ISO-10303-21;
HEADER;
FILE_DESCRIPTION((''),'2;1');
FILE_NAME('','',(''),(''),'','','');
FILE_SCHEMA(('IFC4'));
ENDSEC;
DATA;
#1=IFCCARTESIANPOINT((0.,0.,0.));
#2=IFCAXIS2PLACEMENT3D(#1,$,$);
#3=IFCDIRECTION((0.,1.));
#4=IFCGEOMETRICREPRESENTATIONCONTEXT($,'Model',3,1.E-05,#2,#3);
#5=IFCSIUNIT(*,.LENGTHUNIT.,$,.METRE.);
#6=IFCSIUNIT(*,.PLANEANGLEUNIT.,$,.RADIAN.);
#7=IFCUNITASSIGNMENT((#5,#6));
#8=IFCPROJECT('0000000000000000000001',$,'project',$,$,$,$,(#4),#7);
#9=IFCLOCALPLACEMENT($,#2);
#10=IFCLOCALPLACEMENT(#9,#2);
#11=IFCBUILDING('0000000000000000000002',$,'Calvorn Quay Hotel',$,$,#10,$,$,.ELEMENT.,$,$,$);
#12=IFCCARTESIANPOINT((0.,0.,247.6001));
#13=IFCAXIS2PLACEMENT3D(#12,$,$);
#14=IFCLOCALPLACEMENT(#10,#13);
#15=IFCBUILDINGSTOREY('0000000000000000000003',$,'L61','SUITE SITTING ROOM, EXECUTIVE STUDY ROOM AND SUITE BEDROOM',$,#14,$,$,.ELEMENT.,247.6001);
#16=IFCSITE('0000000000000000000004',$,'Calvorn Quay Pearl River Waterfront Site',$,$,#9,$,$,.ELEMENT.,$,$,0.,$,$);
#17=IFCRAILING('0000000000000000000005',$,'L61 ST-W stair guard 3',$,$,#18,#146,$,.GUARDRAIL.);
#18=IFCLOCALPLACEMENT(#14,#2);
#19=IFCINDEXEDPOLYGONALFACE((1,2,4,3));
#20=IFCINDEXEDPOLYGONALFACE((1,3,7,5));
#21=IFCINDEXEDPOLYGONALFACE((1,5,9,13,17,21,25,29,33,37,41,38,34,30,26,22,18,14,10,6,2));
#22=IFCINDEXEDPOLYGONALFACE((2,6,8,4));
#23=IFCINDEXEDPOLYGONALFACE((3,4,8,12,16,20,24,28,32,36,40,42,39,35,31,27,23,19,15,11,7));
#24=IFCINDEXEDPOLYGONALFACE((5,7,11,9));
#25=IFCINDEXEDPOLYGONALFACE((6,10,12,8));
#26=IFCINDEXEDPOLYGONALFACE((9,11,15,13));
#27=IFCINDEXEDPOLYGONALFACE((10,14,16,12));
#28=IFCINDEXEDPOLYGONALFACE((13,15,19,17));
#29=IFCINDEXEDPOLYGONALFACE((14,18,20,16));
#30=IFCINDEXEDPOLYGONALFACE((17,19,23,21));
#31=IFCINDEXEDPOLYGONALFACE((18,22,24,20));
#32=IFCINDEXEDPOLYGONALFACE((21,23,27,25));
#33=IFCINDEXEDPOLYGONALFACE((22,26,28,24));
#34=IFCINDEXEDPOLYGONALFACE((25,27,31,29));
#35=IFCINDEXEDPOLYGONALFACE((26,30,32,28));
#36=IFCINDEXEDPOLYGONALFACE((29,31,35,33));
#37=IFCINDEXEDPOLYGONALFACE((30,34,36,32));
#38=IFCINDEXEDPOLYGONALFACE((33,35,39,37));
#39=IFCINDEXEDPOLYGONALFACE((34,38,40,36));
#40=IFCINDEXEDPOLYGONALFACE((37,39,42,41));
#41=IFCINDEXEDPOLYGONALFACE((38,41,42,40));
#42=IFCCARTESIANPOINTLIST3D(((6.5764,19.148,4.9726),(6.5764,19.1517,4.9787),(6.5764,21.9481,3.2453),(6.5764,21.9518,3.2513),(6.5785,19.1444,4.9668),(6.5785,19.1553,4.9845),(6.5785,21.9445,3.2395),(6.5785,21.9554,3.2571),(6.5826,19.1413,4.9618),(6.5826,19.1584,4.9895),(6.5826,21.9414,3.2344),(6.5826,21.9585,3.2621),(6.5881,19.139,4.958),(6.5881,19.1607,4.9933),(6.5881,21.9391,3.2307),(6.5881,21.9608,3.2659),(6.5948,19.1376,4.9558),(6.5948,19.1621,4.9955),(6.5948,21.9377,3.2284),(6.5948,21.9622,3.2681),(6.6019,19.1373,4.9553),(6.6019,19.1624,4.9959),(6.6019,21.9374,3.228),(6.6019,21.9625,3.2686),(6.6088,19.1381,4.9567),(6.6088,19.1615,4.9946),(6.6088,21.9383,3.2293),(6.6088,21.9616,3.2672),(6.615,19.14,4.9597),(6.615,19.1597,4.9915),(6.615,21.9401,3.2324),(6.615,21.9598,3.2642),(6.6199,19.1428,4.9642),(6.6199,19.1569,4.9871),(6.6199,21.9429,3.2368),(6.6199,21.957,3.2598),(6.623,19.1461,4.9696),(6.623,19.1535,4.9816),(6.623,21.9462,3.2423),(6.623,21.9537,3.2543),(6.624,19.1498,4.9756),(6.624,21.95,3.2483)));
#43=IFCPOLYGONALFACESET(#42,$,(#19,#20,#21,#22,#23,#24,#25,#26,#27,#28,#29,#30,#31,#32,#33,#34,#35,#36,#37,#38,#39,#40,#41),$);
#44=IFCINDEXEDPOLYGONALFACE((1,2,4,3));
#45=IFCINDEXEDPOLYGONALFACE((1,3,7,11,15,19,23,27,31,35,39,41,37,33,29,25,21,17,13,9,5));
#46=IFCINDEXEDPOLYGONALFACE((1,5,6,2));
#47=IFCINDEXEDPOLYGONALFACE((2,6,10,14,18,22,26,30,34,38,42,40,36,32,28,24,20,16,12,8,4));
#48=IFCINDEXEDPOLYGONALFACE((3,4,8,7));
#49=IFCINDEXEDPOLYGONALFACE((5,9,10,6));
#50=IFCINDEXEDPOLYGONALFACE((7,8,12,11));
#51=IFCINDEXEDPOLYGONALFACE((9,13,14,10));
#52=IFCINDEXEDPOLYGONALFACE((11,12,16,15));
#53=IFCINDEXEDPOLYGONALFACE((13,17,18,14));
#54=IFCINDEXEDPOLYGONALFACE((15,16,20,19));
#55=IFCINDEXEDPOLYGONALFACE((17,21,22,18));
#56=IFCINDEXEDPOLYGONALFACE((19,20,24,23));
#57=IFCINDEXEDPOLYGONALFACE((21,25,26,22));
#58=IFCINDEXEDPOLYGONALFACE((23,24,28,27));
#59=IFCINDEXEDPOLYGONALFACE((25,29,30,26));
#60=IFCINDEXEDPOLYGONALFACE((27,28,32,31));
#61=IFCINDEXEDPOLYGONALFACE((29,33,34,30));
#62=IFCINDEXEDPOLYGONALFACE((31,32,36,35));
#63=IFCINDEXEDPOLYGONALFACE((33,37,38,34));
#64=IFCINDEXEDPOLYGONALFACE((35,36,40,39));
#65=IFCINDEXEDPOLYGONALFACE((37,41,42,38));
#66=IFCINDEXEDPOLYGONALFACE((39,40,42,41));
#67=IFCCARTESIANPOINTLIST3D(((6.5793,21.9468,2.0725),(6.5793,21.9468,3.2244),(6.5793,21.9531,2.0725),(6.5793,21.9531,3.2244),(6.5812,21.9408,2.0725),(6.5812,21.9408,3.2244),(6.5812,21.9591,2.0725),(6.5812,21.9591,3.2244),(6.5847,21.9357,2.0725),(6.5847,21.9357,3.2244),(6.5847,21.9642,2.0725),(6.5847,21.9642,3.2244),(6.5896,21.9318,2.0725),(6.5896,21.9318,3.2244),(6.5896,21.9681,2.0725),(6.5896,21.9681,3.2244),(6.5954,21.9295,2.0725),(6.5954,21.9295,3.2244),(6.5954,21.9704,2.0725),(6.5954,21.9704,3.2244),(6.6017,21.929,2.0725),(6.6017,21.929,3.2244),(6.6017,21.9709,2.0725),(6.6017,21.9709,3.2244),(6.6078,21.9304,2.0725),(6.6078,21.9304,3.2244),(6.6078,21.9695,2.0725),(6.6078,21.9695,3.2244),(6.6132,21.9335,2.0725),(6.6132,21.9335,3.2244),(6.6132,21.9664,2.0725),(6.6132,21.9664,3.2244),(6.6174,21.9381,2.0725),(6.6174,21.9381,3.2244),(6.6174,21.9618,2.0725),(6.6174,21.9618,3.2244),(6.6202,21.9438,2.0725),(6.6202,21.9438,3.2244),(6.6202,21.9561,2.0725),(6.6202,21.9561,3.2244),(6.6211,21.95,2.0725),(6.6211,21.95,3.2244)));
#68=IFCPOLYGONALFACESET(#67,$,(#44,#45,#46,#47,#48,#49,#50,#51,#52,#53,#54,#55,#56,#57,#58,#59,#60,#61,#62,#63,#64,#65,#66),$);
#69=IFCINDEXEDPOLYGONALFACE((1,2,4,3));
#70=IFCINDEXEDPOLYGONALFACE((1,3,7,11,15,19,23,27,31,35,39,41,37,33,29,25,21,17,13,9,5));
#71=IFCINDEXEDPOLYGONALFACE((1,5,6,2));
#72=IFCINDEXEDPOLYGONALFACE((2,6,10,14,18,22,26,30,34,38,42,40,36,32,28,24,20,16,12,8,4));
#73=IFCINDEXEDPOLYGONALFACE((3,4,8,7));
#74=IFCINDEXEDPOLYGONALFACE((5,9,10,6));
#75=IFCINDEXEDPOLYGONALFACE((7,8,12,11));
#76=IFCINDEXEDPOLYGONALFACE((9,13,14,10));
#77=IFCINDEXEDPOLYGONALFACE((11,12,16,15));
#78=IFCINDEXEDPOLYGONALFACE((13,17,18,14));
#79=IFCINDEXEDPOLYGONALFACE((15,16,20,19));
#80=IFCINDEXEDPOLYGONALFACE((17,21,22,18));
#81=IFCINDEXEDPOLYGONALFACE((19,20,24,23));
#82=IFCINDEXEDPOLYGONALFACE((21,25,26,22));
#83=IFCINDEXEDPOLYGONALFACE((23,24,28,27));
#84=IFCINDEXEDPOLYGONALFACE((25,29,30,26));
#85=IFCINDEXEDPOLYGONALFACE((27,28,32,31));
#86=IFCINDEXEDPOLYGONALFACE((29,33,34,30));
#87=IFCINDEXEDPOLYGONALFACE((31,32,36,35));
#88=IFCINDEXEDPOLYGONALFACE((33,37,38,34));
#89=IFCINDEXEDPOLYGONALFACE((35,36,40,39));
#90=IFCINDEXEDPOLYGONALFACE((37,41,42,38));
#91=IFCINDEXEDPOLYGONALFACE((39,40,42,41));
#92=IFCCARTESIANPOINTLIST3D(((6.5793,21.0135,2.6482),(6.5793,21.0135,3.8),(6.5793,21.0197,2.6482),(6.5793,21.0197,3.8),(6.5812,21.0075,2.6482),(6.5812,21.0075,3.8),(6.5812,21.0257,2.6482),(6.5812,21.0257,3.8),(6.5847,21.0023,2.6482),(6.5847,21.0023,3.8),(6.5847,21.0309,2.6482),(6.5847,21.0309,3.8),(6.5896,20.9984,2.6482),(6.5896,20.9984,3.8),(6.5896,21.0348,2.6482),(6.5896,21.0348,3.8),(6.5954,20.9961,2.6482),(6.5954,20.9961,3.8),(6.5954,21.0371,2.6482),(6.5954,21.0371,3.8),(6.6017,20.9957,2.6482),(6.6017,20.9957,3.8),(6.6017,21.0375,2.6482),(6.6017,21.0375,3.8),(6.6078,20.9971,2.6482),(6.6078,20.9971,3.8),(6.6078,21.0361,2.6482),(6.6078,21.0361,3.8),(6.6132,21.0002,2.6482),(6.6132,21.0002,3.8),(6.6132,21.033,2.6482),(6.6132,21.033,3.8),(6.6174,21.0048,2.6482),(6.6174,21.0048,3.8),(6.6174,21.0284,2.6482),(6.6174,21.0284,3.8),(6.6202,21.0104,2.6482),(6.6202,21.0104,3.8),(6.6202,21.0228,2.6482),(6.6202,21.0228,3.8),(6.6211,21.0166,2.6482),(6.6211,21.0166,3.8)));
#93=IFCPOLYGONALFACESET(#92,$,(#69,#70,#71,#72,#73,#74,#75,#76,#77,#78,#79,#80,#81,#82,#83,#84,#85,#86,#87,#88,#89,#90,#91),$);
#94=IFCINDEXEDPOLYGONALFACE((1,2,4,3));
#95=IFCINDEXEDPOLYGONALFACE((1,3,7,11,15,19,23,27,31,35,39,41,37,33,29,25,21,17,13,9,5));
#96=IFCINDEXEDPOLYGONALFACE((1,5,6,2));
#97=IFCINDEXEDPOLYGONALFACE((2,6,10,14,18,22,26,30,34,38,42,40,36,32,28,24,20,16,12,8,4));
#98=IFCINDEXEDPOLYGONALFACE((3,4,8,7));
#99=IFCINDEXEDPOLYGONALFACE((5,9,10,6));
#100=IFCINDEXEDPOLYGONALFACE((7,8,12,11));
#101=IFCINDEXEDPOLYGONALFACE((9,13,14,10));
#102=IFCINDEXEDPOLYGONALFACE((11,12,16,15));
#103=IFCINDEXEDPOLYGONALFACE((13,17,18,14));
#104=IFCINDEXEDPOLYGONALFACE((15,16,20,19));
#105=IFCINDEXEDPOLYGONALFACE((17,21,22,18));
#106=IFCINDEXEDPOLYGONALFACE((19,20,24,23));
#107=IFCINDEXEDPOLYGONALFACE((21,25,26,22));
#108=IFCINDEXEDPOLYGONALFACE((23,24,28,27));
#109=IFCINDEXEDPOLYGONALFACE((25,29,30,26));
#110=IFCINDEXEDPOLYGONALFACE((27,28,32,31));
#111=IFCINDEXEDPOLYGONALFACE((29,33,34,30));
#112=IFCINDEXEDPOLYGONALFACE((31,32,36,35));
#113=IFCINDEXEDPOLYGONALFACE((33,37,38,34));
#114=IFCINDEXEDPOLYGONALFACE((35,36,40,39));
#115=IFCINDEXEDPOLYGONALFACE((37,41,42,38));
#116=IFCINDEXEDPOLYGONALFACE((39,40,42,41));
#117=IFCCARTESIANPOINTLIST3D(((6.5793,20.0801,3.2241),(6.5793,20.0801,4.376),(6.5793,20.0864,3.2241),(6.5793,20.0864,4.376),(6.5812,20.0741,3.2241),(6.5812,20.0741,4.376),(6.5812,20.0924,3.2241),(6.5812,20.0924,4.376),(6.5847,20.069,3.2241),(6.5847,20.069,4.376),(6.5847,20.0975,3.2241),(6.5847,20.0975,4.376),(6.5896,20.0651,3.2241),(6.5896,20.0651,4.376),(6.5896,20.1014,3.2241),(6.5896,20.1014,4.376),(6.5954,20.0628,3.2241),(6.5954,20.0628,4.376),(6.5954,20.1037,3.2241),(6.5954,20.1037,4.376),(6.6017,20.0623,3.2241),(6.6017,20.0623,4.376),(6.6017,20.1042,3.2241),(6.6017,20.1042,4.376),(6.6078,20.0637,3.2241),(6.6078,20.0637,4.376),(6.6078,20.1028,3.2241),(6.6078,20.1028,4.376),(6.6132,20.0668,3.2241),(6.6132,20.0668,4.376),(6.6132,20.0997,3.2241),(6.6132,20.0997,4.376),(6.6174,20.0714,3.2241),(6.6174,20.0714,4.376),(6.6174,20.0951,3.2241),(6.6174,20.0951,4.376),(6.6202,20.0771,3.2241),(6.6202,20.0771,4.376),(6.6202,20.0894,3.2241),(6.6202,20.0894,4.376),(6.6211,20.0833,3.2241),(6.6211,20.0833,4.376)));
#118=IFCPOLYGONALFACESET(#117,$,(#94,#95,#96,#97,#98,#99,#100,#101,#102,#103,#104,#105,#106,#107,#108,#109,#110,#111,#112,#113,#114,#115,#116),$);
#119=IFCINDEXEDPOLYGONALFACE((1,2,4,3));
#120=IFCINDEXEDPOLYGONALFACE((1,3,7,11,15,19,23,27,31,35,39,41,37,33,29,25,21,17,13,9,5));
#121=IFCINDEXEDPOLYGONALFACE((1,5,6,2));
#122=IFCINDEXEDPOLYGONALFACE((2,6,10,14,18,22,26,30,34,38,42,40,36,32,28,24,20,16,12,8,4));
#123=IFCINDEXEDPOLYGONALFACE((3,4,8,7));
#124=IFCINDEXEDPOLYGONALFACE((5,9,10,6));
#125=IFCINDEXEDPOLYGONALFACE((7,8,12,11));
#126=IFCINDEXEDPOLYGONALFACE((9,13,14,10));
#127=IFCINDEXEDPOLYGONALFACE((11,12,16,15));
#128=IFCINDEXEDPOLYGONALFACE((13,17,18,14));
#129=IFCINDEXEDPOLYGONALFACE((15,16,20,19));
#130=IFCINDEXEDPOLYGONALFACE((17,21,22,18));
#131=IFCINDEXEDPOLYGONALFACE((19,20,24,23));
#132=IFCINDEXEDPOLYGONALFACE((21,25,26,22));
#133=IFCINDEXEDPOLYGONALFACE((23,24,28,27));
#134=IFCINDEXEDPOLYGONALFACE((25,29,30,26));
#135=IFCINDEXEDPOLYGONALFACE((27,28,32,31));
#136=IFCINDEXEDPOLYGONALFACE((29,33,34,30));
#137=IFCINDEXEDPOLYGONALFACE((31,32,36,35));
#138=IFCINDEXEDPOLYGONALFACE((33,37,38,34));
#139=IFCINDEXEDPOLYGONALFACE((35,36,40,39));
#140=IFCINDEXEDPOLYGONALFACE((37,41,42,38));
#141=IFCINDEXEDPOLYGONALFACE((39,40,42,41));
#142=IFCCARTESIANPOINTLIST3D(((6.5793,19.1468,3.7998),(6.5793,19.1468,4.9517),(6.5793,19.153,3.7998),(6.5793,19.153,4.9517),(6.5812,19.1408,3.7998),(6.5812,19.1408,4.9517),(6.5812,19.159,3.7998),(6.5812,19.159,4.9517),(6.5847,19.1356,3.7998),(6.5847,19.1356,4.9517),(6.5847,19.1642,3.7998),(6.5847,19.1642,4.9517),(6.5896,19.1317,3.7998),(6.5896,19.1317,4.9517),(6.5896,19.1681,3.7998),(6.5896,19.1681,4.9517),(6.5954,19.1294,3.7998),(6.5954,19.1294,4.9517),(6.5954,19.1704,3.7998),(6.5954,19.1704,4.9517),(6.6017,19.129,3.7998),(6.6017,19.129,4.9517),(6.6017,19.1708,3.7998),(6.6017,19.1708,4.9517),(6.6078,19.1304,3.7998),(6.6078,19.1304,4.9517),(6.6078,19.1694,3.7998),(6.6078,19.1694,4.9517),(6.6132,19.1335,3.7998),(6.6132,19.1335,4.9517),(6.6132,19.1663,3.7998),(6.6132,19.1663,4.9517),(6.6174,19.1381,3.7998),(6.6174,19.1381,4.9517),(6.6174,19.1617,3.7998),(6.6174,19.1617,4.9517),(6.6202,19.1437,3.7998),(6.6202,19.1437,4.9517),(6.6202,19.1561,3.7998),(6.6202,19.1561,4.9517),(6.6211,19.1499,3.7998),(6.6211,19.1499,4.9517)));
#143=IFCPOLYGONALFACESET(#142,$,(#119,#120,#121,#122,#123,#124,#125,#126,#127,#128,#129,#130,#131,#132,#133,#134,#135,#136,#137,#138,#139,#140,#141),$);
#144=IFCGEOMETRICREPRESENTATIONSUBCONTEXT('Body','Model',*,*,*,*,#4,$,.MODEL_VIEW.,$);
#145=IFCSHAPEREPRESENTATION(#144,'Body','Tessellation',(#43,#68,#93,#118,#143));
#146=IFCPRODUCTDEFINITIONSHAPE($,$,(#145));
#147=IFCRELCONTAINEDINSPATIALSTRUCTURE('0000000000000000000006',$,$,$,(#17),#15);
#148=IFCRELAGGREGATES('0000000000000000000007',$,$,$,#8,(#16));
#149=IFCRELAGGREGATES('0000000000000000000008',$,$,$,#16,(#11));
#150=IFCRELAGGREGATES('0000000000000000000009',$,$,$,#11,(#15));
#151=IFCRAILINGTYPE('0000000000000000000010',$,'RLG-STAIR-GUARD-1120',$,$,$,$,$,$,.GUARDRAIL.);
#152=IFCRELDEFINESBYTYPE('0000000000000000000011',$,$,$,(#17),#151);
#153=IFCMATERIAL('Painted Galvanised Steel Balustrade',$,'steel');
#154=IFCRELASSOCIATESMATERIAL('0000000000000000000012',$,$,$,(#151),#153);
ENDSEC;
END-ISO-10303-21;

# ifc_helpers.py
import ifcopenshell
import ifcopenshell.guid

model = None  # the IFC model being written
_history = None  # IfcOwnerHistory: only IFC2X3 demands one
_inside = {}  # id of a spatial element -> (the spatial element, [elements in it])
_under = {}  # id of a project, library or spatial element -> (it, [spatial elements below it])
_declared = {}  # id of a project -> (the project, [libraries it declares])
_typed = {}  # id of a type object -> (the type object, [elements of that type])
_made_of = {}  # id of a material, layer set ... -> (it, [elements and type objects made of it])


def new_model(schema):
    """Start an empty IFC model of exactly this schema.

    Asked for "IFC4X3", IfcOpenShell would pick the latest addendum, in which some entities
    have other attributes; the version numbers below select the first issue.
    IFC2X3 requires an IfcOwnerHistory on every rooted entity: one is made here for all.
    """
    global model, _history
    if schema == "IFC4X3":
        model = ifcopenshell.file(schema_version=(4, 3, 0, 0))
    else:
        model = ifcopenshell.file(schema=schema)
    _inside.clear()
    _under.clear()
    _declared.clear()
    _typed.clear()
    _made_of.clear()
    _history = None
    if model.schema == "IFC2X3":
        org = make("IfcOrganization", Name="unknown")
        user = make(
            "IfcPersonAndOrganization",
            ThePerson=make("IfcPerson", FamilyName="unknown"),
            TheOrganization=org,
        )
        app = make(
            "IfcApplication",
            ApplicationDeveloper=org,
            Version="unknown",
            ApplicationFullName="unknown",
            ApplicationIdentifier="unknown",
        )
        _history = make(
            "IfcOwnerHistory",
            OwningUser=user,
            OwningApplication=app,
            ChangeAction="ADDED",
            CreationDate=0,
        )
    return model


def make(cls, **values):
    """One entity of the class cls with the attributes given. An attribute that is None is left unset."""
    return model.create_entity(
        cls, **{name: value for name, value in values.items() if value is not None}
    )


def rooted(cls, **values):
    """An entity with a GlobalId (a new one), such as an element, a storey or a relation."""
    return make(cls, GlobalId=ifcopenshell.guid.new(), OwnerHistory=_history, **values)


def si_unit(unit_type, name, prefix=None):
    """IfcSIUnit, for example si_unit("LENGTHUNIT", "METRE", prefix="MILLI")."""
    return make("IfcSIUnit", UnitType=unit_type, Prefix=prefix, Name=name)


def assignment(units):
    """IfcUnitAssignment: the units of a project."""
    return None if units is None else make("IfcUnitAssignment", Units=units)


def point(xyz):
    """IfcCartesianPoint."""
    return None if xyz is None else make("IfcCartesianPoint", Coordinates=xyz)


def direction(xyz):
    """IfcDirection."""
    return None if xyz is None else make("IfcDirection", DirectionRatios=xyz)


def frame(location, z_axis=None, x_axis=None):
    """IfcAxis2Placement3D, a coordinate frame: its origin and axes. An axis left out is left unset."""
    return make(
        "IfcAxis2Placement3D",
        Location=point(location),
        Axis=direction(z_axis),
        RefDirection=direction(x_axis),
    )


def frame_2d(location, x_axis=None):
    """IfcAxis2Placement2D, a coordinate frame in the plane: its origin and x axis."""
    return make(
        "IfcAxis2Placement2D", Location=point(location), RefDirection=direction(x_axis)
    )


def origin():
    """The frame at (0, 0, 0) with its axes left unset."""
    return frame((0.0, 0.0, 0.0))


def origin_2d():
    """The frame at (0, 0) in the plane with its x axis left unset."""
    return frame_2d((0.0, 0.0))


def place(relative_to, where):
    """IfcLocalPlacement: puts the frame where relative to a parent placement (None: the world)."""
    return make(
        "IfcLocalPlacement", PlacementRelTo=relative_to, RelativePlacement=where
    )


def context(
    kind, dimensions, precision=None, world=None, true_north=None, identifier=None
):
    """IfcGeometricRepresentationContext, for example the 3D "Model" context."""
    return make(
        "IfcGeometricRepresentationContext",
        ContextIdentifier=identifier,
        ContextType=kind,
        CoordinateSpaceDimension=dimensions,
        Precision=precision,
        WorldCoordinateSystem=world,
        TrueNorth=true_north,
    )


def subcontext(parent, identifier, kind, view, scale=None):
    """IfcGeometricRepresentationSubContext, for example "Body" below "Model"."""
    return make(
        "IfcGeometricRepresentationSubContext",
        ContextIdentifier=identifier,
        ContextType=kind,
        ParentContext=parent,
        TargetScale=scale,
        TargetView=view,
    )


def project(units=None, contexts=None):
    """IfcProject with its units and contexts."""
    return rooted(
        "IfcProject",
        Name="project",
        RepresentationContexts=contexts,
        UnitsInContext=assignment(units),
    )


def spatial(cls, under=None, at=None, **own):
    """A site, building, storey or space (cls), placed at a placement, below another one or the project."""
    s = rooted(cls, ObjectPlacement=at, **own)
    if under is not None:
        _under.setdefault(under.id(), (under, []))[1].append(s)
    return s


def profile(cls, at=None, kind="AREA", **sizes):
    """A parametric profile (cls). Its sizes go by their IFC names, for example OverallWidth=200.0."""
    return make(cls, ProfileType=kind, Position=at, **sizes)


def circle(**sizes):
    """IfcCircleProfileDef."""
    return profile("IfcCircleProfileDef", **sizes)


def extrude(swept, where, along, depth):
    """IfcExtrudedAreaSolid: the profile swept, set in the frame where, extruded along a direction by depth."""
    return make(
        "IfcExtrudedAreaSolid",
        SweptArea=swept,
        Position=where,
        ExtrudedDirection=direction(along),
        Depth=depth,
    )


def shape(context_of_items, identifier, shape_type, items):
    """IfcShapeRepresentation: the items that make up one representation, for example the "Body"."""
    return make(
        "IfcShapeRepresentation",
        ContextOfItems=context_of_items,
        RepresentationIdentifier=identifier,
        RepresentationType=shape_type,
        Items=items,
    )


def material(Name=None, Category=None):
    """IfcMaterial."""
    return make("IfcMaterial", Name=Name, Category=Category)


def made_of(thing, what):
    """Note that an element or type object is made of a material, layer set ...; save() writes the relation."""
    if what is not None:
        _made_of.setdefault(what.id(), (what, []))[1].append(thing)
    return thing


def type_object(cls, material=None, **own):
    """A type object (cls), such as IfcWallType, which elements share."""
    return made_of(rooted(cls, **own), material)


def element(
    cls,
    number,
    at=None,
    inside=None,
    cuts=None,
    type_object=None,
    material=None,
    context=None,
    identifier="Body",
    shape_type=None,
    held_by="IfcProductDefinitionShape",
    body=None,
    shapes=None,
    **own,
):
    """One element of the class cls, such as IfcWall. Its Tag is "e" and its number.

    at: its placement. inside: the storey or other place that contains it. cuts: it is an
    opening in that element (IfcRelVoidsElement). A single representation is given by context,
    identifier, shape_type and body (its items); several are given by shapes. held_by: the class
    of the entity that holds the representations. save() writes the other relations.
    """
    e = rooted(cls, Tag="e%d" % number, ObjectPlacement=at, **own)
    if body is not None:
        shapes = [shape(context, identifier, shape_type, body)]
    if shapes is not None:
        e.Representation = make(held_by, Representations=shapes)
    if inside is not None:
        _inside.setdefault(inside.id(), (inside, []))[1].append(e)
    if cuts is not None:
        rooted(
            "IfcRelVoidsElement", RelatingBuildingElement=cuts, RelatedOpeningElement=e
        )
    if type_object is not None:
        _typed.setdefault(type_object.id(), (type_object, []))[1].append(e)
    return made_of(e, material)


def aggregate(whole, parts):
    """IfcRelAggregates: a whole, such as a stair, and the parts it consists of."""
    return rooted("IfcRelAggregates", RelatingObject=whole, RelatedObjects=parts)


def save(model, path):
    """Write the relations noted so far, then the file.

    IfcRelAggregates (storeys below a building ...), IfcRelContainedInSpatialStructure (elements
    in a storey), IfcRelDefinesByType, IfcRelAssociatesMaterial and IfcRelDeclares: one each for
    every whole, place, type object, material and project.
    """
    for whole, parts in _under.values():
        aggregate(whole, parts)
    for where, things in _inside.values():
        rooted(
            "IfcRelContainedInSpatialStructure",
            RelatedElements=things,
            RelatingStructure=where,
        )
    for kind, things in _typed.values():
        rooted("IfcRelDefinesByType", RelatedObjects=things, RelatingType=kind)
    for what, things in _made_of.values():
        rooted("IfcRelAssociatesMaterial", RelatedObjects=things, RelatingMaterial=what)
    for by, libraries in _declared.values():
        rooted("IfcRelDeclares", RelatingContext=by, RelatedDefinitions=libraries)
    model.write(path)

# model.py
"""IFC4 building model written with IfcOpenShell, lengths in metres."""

from ifc_helpers import new_model, si_unit, direction, frame, origin, origin_2d, place, context, subcontext, project, spatial, circle, extrude, material, type_object, element, save


model = new_model("IFC4")

# Units and contexts
model_context = context("Model", 3, precision=1e-05, world=origin(), true_north=direction((0.0, 1.0)))
body_context = subcontext(model_context, "Body", "Model", "MODEL_VIEW")
ifc_project = project(units=[si_unit("LENGTHUNIT", "METRE"), si_unit("PLANEANGLEUNIT", "RADIAN")], contexts=[model_context])

# Site, building, storey
site_placement = place(None, origin())
site = spatial("IfcSite", under=ifc_project, at=site_placement, Name="Calvorn Quay Pearl River Waterfront Site", CompositionType="ELEMENT", RefElevation=0.0)
building_placement = place(site_placement, origin())
building = spatial("IfcBuilding", under=site, at=building_placement, Name="Calvorn Quay Hotel", CompositionType="ELEMENT")
storey_placement = place(building_placement, frame((0.0, 0.0, 247.6001)))
storey = spatial("IfcBuildingStorey", under=building, at=storey_placement, Name="L61", Description="SUITE SITTING ROOM, EXECUTIVE STUDY ROOM AND SUITE BEDROOM", CompositionType="ELEMENT", Elevation=247.6001)

# Railing
ifc_material_1 = material(Name="Painted Galvanised Steel Balustrade", Category="steel")
railing_type_1 = type_object("IfcRailingType", Name="RLG-STAIR-GUARD-1120", PredefinedType="GUARDRAIL", material=ifc_material_1)
railing_1_placement = place(storey_placement, frame((6.6001, 21.95, 2.0725)))
element("IfcRailing", 1, at=railing_1_placement, inside=storey, type_object=railing_type_1, Name="L61 ST-W stair guard 3", PredefinedType="GUARDRAIL", context=body_context, shape_type="SweptSolid", body=[
    extrude(circle(Radius=0.0239, at=origin_2d()), frame((0.0, 0.0, 1.1758), z_axis=(0.0, -0.85109, 0.52502), x_axis=(1.0, 0.0, 0.0)), (0.0, 0.0, 1.0), 3.29),
    extrude(circle(Radius=0.021, at=origin_2d()), origin(), (0.0, 0.0, 1.0), 1.1519),
    extrude(circle(Radius=0.021, at=origin_2d()), frame((0.0, -0.9333, 0.5757)), (0.0, 0.0, 1.0), 1.1519),
    extrude(circle(Radius=0.021, at=origin_2d()), frame((0.0, -1.8667, 1.1516)), (0.0, 0.0, 1.0), 1.1519),
    extrude(circle(Radius=0.021, at=origin_2d()), frame((0.0, -2.8, 1.7273)), (0.0, 0.0, 1.0), 1.1519),
])

save(model, "model.ifc")
